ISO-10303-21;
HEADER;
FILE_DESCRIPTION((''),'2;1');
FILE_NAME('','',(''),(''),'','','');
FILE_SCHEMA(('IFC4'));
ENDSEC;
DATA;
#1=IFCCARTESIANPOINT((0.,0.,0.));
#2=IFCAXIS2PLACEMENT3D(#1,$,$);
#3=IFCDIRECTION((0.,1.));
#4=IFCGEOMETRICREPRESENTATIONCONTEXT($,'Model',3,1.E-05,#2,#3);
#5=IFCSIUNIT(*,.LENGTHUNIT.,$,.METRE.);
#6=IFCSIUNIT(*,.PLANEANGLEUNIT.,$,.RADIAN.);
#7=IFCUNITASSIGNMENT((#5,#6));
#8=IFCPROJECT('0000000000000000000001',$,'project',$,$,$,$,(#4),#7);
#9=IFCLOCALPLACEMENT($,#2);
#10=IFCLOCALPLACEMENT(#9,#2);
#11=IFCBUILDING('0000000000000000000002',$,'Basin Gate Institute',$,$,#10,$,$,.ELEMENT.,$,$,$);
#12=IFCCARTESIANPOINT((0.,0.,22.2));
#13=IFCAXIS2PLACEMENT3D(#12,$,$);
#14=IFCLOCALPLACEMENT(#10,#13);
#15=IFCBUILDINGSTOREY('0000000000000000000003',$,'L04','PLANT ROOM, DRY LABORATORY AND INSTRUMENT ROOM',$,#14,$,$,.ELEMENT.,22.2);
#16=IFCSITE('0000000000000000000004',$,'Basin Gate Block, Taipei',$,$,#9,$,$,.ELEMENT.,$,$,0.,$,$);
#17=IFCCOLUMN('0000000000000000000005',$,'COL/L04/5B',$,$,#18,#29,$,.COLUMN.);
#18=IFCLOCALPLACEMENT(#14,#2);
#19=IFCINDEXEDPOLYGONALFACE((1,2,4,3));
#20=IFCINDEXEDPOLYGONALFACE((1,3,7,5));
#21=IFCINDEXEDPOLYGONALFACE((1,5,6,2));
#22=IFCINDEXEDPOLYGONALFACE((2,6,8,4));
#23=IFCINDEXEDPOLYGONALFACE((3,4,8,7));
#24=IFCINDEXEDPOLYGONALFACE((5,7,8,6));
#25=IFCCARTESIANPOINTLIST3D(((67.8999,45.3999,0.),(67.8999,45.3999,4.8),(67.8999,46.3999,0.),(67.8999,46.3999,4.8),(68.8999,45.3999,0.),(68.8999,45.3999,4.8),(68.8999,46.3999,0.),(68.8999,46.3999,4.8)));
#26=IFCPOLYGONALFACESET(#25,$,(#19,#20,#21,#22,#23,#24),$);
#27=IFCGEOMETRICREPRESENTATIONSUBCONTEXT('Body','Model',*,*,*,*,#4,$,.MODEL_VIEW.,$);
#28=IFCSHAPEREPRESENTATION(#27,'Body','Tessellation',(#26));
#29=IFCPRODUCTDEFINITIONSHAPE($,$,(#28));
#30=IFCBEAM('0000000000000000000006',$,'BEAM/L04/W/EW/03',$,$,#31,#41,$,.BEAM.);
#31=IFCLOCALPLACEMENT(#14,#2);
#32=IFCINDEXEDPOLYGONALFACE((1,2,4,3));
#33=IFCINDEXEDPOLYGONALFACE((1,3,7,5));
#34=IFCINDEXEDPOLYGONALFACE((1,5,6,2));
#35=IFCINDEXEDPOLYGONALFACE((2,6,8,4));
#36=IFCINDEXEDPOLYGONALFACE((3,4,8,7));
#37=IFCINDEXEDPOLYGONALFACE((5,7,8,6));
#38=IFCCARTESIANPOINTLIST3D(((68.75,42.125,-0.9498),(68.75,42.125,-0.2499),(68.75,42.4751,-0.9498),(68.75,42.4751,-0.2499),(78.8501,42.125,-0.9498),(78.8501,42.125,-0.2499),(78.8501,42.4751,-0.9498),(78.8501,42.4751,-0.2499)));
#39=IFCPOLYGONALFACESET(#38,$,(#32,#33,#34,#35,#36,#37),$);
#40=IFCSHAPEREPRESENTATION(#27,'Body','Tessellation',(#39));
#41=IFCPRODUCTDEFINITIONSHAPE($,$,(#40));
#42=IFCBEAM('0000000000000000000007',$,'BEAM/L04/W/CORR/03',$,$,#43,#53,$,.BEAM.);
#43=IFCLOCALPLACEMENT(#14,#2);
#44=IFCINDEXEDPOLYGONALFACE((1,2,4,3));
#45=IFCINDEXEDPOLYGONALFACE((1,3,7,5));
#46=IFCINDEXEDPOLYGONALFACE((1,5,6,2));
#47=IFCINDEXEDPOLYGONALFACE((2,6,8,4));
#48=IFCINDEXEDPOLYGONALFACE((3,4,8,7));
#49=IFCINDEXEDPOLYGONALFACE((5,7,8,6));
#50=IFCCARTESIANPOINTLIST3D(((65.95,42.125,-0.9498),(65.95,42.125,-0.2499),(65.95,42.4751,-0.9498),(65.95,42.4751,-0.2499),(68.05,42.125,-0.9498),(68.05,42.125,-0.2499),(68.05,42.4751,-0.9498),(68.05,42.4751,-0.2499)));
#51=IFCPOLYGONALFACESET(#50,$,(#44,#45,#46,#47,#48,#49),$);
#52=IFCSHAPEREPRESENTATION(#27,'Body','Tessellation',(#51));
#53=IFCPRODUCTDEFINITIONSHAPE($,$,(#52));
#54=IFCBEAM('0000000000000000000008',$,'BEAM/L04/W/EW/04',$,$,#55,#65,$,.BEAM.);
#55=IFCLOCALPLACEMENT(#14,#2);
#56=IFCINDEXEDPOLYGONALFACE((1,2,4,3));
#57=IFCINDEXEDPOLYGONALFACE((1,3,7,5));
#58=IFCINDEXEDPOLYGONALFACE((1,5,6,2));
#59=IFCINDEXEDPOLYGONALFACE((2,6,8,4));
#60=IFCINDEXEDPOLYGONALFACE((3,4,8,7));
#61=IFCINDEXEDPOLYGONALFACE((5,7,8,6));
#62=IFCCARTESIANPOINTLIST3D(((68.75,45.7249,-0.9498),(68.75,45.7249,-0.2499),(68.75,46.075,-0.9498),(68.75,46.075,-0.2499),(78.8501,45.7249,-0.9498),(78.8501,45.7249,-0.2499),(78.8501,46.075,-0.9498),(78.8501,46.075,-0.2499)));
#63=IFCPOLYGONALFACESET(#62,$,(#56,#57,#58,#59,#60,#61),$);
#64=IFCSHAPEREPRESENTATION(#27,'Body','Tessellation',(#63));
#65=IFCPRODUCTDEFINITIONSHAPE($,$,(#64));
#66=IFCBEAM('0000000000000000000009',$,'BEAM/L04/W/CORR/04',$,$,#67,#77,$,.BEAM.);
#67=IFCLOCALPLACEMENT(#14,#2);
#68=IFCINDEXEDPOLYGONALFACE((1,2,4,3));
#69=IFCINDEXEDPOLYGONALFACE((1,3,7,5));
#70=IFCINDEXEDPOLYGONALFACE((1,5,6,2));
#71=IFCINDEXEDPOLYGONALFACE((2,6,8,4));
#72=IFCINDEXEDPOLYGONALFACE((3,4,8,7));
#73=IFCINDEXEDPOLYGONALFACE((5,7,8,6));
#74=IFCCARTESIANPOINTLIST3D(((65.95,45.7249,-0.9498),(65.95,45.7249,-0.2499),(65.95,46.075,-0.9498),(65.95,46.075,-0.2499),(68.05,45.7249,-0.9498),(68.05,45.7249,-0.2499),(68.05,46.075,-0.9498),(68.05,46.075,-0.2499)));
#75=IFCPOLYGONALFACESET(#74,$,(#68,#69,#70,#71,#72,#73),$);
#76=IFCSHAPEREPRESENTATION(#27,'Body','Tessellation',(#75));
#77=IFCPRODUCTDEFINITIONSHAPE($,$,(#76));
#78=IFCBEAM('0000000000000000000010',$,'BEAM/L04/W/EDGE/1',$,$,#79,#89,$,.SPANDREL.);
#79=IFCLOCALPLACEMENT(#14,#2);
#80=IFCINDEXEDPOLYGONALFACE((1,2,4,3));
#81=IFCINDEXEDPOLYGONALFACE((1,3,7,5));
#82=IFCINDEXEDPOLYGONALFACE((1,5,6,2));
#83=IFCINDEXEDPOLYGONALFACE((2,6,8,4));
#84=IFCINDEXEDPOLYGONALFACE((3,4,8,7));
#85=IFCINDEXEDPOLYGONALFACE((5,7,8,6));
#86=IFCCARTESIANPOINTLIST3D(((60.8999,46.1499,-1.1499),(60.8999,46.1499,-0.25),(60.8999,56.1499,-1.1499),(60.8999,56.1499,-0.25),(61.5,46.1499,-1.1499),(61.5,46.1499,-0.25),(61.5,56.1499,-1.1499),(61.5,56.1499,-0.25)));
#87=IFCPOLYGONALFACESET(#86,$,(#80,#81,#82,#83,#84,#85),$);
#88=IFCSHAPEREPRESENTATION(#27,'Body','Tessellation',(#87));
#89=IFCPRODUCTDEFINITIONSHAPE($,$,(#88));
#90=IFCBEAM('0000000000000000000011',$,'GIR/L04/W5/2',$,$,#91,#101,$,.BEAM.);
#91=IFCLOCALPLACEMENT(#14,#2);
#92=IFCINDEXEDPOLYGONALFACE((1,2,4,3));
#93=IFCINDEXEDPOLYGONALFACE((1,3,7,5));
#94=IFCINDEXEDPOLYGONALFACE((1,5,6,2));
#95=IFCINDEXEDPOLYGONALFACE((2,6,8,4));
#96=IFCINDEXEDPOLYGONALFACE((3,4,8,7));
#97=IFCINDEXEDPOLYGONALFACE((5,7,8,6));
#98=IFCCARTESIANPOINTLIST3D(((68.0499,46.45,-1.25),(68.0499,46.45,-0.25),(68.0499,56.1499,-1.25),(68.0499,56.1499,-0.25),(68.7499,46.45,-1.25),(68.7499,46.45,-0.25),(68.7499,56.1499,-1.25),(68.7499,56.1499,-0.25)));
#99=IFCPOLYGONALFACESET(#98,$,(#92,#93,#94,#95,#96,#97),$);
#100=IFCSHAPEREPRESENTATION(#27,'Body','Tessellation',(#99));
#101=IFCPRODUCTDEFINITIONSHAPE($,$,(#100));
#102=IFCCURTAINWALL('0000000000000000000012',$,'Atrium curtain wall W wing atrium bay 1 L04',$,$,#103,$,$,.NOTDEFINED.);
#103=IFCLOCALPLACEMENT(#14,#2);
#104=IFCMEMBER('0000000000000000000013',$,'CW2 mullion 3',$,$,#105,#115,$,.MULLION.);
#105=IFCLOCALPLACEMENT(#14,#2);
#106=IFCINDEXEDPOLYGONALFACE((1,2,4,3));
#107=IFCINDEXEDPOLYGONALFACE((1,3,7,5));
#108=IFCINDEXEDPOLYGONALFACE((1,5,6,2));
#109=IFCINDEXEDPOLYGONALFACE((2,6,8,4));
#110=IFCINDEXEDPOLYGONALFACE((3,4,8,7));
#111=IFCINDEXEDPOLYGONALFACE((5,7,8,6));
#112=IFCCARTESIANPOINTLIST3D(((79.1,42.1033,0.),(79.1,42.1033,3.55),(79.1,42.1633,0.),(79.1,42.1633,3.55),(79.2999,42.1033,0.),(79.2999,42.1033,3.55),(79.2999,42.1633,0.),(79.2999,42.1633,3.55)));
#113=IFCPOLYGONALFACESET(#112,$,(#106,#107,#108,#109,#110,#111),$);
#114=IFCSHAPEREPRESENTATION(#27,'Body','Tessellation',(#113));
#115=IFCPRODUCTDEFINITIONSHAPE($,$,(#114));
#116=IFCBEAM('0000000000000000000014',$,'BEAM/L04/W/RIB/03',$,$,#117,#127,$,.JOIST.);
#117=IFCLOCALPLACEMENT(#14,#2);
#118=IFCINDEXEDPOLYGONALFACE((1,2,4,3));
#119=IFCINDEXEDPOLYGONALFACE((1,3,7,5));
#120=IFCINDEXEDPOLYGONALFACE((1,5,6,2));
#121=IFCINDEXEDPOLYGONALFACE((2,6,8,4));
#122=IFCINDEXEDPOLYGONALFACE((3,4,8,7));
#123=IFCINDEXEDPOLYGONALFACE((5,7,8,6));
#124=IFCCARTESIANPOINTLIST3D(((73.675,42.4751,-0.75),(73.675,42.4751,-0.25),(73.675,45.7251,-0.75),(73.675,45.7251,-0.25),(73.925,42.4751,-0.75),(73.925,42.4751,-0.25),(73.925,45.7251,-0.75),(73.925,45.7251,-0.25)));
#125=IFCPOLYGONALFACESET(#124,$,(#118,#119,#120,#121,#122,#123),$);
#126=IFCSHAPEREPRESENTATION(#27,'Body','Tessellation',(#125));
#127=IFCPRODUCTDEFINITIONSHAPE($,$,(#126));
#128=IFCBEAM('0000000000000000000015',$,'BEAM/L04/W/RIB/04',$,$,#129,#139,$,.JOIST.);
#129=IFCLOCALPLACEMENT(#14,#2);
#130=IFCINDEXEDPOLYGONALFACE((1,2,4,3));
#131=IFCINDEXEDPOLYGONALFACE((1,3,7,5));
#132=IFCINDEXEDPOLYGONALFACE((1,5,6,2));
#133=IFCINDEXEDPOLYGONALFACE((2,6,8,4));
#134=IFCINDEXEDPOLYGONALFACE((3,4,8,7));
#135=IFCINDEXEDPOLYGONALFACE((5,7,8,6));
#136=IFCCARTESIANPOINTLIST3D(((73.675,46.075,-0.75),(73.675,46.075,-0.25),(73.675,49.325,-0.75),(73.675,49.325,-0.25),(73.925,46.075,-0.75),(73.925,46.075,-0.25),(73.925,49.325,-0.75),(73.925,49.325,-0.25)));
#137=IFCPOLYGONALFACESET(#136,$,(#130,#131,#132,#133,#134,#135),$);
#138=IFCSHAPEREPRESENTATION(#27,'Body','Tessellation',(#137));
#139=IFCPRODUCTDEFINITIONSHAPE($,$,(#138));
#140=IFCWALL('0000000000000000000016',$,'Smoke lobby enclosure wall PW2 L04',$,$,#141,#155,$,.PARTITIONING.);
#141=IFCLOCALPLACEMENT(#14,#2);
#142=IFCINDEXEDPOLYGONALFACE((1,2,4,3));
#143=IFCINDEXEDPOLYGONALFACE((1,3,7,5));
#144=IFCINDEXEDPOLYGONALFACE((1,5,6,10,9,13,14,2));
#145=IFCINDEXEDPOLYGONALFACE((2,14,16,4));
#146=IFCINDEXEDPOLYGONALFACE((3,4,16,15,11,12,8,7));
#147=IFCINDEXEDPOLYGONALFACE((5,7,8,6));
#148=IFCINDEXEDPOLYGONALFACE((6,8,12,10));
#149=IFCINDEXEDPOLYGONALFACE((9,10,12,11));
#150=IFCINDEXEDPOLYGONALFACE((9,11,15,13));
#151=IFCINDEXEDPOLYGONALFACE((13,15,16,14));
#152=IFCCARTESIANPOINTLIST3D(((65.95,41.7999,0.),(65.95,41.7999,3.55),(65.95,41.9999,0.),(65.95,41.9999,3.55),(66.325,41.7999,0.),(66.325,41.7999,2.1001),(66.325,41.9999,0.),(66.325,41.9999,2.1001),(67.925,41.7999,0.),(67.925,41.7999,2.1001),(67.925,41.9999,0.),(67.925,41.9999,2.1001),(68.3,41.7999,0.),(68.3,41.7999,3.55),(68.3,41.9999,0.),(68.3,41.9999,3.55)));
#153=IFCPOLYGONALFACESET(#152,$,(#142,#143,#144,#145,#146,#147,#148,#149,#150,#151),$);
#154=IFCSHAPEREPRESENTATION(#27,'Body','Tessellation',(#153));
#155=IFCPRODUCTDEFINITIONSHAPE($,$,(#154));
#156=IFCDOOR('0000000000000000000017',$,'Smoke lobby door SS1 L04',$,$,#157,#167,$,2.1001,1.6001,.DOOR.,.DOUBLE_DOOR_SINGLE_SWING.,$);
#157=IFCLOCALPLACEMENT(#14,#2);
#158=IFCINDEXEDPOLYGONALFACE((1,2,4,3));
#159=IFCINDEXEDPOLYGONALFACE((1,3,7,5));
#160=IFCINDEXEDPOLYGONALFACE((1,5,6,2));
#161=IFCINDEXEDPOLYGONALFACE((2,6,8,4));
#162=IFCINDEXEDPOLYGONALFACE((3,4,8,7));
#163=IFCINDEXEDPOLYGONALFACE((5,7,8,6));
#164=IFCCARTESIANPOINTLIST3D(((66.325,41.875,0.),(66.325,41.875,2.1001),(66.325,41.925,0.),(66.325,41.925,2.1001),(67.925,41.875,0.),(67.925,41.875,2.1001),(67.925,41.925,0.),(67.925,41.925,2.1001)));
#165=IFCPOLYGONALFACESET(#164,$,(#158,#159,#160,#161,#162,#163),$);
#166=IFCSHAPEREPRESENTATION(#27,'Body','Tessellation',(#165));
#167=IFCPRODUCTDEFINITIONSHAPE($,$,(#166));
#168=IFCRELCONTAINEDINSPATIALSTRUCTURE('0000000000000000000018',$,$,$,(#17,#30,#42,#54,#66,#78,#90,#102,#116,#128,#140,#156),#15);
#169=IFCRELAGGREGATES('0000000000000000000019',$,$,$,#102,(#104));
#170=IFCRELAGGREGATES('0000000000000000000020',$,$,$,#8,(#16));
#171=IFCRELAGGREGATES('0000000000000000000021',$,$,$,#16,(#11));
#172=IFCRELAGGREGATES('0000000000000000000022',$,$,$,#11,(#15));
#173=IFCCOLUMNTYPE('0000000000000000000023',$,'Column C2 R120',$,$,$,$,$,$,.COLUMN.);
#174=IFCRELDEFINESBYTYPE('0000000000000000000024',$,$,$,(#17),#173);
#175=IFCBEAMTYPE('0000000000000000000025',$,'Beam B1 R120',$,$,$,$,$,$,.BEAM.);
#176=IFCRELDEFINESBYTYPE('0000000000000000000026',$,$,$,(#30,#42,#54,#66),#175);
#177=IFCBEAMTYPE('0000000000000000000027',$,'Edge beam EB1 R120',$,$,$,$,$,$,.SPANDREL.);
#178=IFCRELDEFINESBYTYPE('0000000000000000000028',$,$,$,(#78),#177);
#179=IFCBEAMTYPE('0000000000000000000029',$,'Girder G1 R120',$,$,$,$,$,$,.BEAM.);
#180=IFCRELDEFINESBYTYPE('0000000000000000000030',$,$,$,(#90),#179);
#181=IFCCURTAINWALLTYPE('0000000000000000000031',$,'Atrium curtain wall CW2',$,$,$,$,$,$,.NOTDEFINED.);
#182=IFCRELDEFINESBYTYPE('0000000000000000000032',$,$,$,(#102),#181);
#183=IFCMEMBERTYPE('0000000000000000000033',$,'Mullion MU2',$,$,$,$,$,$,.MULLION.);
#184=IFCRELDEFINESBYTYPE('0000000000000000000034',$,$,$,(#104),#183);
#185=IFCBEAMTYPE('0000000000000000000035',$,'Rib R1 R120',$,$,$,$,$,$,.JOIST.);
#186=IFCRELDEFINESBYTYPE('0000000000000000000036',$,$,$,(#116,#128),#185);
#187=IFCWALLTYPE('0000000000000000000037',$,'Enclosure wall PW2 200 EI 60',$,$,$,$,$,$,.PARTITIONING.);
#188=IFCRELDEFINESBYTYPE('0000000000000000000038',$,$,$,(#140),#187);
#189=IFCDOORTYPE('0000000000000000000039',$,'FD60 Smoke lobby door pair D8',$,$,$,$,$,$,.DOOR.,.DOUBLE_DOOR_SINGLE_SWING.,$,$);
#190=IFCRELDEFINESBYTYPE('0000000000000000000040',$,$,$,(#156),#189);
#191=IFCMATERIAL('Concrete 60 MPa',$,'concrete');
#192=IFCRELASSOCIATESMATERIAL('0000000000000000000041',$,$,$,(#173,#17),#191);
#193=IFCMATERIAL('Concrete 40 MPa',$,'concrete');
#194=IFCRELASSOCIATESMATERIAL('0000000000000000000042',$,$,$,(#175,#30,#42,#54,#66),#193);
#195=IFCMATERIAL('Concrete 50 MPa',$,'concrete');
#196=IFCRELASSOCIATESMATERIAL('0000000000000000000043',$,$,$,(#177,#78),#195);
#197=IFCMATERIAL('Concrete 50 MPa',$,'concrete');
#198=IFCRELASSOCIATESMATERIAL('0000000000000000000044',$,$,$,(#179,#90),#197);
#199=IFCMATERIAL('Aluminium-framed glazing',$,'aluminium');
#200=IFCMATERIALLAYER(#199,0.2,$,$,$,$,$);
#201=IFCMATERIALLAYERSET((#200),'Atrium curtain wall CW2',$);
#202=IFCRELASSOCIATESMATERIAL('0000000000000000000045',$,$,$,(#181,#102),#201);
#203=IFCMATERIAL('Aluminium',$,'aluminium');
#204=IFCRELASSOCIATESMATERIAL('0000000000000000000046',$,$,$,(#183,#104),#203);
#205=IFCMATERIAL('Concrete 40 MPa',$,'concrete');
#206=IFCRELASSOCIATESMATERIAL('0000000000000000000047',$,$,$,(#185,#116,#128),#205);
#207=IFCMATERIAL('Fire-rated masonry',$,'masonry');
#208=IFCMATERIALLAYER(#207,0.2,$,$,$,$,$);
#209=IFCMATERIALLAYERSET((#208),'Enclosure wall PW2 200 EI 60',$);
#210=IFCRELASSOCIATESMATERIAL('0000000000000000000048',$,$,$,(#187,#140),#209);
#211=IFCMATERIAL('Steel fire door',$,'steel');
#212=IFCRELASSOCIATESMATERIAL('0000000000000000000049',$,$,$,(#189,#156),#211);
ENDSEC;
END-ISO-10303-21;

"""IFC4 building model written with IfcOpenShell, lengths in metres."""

from ifc_helpers import new_model, si_unit, direction, frame, frame_2d, origin, origin_2d, place, context, subcontext, project, spatial, rectangle, extrude, material, layer, layer_set, material_profile, profile_set, type_object, element, fill, aggregate, save


model = new_model("IFC4")

# Units and contexts
model_context = context("Model", 3, precision=1e-05, world=origin(), true_north=direction((0.0, 1.0)))
body_context = subcontext(model_context, "Body", "Model", "MODEL_VIEW")
ifc_project = project(units=[si_unit("LENGTHUNIT", "METRE"), si_unit("PLANEANGLEUNIT", "RADIAN")], contexts=[model_context])

# Site, building, storey
site_placement = place(None, origin())
site = spatial("IfcSite", under=ifc_project, at=site_placement, Name="Basin Gate Block, Taipei", CompositionType="ELEMENT", RefElevation=0.0)
building_placement = place(site_placement, origin())
building = spatial("IfcBuilding", under=site, at=building_placement, Name="Basin Gate Institute", CompositionType="ELEMENT")
storey_placement = place(building_placement, frame((0.0, 0.0, 22.2)))
storey = spatial("IfcBuildingStorey", under=building, at=storey_placement, Name="L04", Description="PLANT ROOM, DRY LABORATORY AND INSTRUMENT ROOM", CompositionType="ELEMENT", Elevation=22.2)

# Column
ifc_material_1 = material(Name="Concrete 60 MPa", Category="concrete")
ifc_material_profile_1 = material_profile(ifc_material_1, rectangle(XDim=1.0, YDim=1.0, at=origin_2d()), Name="Column C2 1000 x 1000")
ifc_profile_set_1 = profile_set([ifc_material_profile_1], Name="Concrete 60 MPa")
column_type = type_object("IfcColumnType", Name="Column C2 R120", PredefinedType="COLUMN", material=ifc_profile_set_1)
column_placement = place(storey_placement, frame((68.3999, 45.8999, 0.0), z_axis=(0.0, 0.0, 1.0), x_axis=(1.0, 0.0, 0.0)))
element("IfcColumn", 1, at=column_placement, inside=storey, type_object=column_type, material=ifc_profile_set_1, Name="COL/L04/5B", PredefinedType="COLUMN", context=body_context, shape_type="SweptSolid", body=[
    extrude(rectangle(XDim=1.0, YDim=1.0, at=origin_2d()), origin(), (0.0, 0.0, 1.0), 4.8),
])

# Beams
ifc_material_2 = material(Name="Concrete 40 MPa", Category="concrete")
ifc_material_profile_2 = material_profile(ifc_material_2, rectangle(XDim=0.3501, YDim=0.7, at=origin_2d()), Name="Beam B1 350 x 700")
ifc_profile_set_2 = profile_set([ifc_material_profile_2], Name="Concrete 40 MPa")
beam_type_1 = type_object("IfcBeamType", Name="Beam B1 R120", PredefinedType="BEAM", material=ifc_profile_set_2)
beam_1_placement = place(storey_placement, frame((68.75, 42.3, -0.5999), z_axis=(1.0, 0.0, 0.0), x_axis=(0.0, 1.0, 0.0)))
element("IfcBeam", 2, at=beam_1_placement, inside=storey, type_object=beam_type_1, material=ifc_profile_set_2, Name="BEAM/L04/W/EW/03", PredefinedType="BEAM", context=body_context, shape_type="SweptSolid", body=[
    extrude(rectangle(XDim=0.3501, YDim=0.7, at=origin_2d()), origin(), (0.0, 0.0, 1.0), 10.1001),
])
beam_2_placement = place(storey_placement, frame((65.95, 42.3, -0.5999), z_axis=(1.0, 0.0, 0.0), x_axis=(0.0, 1.0, 0.0)))
element("IfcBeam", 3, at=beam_2_placement, inside=storey, type_object=beam_type_1, material=ifc_profile_set_2, Name="BEAM/L04/W/CORR/03", PredefinedType="BEAM", context=body_context, shape_type="SweptSolid", body=[
    extrude(rectangle(XDim=0.3501, YDim=0.7, at=origin_2d()), origin(), (0.0, 0.0, 1.0), 2.1001),
])
beam_3_placement = place(storey_placement, frame((68.75, 45.8999, -0.5999), z_axis=(1.0, 0.0, 0.0), x_axis=(0.0, 1.0, 0.0)))
element("IfcBeam", 4, at=beam_3_placement, inside=storey, type_object=beam_type_1, material=ifc_profile_set_2, Name="BEAM/L04/W/EW/04", PredefinedType="BEAM", context=body_context, shape_type="SweptSolid", body=[
    extrude(rectangle(XDim=0.3501, YDim=0.7, at=origin_2d()), origin(), (0.0, 0.0, 1.0), 10.1001),
])
beam_4_placement = place(storey_placement, frame((65.95, 45.8999, -0.5999), z_axis=(1.0, 0.0, 0.0), x_axis=(0.0, 1.0, 0.0)))
element("IfcBeam", 5, at=beam_4_placement, inside=storey, type_object=beam_type_1, material=ifc_profile_set_2, Name="BEAM/L04/W/CORR/04", PredefinedType="BEAM", context=body_context, shape_type="SweptSolid", body=[
    extrude(rectangle(XDim=0.3501, YDim=0.7, at=origin_2d()), origin(), (0.0, 0.0, 1.0), 2.1001),
])
ifc_material_3 = material(Name="Concrete 50 MPa", Category="concrete")
ifc_material_profile_3 = material_profile(ifc_material_3, rectangle(XDim=0.6001, YDim=0.8999, at=origin_2d()), Name="Edge beam EB1 600 x 900")
ifc_profile_set_3 = profile_set([ifc_material_profile_3], Name="Concrete 50 MPa")
beam_type_2 = type_object("IfcBeamType", Name="Edge beam EB1 R120", PredefinedType="SPANDREL", material=ifc_profile_set_3)
beam_5_placement = place(storey_placement, frame((61.2, 46.1499, -0.7), z_axis=(0.0, 1.0, 0.0), x_axis=(-1.0, 0.0, 0.0)))
element("IfcBeam", 6, at=beam_5_placement, inside=storey, type_object=beam_type_2, material=ifc_profile_set_3, Name="BEAM/L04/W/EDGE/1", PredefinedType="SPANDREL", context=body_context, shape_type="SweptSolid", body=[
    extrude(rectangle(XDim=0.6001, YDim=0.8999, at=origin_2d()), origin(), (0.0, 0.0, 1.0), 10.0),
])
ifc_material_4 = material(Name="Concrete 50 MPa", Category="concrete")
ifc_material_profile_4 = material_profile(ifc_material_4, rectangle(XDim=0.7, YDim=1.0, at=origin_2d()), Name="Girder G1 700 x 1000")
ifc_profile_set_4 = profile_set([ifc_material_profile_4], Name="Concrete 50 MPa")
beam_type_3 = type_object("IfcBeamType", Name="Girder G1 R120", PredefinedType="BEAM", material=ifc_profile_set_4)
beam_6_placement = place(storey_placement, frame((68.3999, 46.45, -0.75), z_axis=(0.0, 1.0, 0.0), x_axis=(-1.0, 0.0, 0.0)))
element("IfcBeam", 7, at=beam_6_placement, inside=storey, type_object=beam_type_3, material=ifc_profile_set_4, Name="GIR/L04/W5/2", PredefinedType="BEAM", context=body_context, shape_type="SweptSolid", body=[
    extrude(rectangle(XDim=0.7, YDim=1.0, at=origin_2d()), origin(), (0.0, 0.0, 1.0), 9.7),
])

# Curtain wall, member
ifc_material_5 = material(Name="Aluminium-framed glazing", Category="aluminium")
ifc_layer_1 = layer(ifc_material_5, 0.2)
ifc_layer_set_1 = layer_set([ifc_layer_1], Name="Atrium curtain wall CW2")
curtain_wall_type = type_object("IfcCurtainWallType", Name="Atrium curtain wall CW2", PredefinedType="NOTDEFINED", material=ifc_layer_set_1)
curtain_wall_placement = place(storey_placement, origin())
curtain_wall = element("IfcCurtainWall", 8, at=curtain_wall_placement, inside=storey, type_object=curtain_wall_type, material=ifc_layer_set_1, Name="Atrium curtain wall W wing atrium bay 1 L04", PredefinedType="NOTDEFINED")
ifc_material_6 = material(Name="Aluminium", Category="aluminium")
ifc_material_profile_5 = material_profile(ifc_material_6, rectangle(XDim=0.2, YDim=0.0601, at=origin_2d()), Name="Mullion MU2 200 x 60")
ifc_profile_set_5 = profile_set([ifc_material_profile_5], Name="Aluminium")
member_type = type_object("IfcMemberType", Name="Mullion MU2", PredefinedType="MULLION", material=ifc_profile_set_5)
member_placement = place(storey_placement, frame((79.2, 42.1333, 0.0), z_axis=(0.0, 0.0, 1.0), x_axis=(-1.0, 0.0, 0.0)))
member = element("IfcMember", 9, at=member_placement, type_object=member_type, material=ifc_profile_set_5, Name="CW2 mullion 3", PredefinedType="MULLION", context=body_context, shape_type="SweptSolid", body=[
    extrude(rectangle(XDim=0.2, YDim=0.0601, at=origin_2d()), origin(), (0.0, 0.0, 1.0), 3.55),
])
aggregate(curtain_wall, [member])

# Beams
ifc_material_7 = material(Name="Concrete 40 MPa", Category="concrete")
ifc_material_profile_6 = material_profile(ifc_material_7, rectangle(XDim=0.25, YDim=0.5, at=origin_2d()), Name="Rib R1 250 x 500")
ifc_profile_set_6 = profile_set([ifc_material_profile_6], Name="Concrete 40 MPa")
beam_type_4 = type_object("IfcBeamType", Name="Rib R1 R120", PredefinedType="JOIST", material=ifc_profile_set_6)
for number, where, z_axis, x_axis, name in (
    (10, (73.8, 42.4751, -0.5), (0.0, 1.0, 0.0), (-1.0, 0.0, 0.0), "BEAM/L04/W/RIB/03"),
    (11, (73.8, 46.075, -0.5), (0.0, 1.0, 0.0), (-1.0, 0.0, 0.0), "BEAM/L04/W/RIB/04"),
):
    element("IfcBeam", number, at=place(storey_placement, frame(where, z_axis=z_axis, x_axis=x_axis)), inside=storey, type_object=beam_type_4, material=ifc_profile_set_6, Name=name, PredefinedType="JOIST", context=body_context, shape_type="SweptSolid", body=[
        extrude(rectangle(XDim=0.25, YDim=0.5, at=origin_2d()), origin(), (0.0, 0.0, 1.0), 3.25),
    ])

# Wall, opening, door
ifc_material_8 = material(Name="Fire-rated masonry", Category="masonry")
ifc_layer_2 = layer(ifc_material_8, 0.2)
ifc_layer_set_2 = layer_set([ifc_layer_2], Name="Enclosure wall PW2 200 EI 60")
wall_type_1 = type_object("IfcWallType", Name="Enclosure wall PW2 200 EI 60", PredefinedType="PARTITIONING", material=ifc_layer_set_2)
wall_1_placement = place(storey_placement, frame((65.95, 41.8999, 0.0), z_axis=(0.0, 0.0, 1.0), x_axis=(1.0, 0.0, 0.0)))
wall_1 = element("IfcWall", 12, at=wall_1_placement, inside=storey, type_object=wall_type_1, material=ifc_layer_set_2, Name="Smoke lobby enclosure wall PW2 L04", PredefinedType="PARTITIONING", context=body_context, shape_type="SweptSolid", body=[
    extrude(rectangle(XDim=2.3501, YDim=0.2, at=frame_2d((1.175, 0.0))), origin(), (0.0, 0.0, 1.0), 3.55),
])
opening_1_placement = place(wall_1_placement, frame((0.375, 0.0, 0.0)))
opening_1 = element("IfcOpeningElement", 13, at=opening_1_placement, cuts=wall_1, PredefinedType="OPENING", context=body_context, shape_type="SweptSolid", body=[
    extrude(rectangle(XDim=1.6001, YDim=2.1001, at=frame_2d((0.8, 1.05))), frame((0.0, 0.1099, 0.0), z_axis=(0.0, -1.0, 0.0), x_axis=(1.0, 0.0, 0.0)), (0.0, 0.0, 1.0), 0.22),
])
ifc_material_9 = material(Name="Steel fire door", Category="steel")
door_type_1 = type_object("IfcDoorType", Name="FD60 Smoke lobby door pair D8", OperationType="DOUBLE_DOOR_SINGLE_SWING", PredefinedType="DOOR", material=ifc_material_9)
door_1_placement = place(opening_1_placement, frame((1.6001, 0.0, 0.0), z_axis=(0.0, 0.0, 1.0), x_axis=(-1.0, 0.0, 0.0)))
door_1 = element("IfcDoor", 14, at=door_1_placement, inside=storey, type_object=door_type_1, material=ifc_material_9, Name="Smoke lobby door SS1 L04", OperationType="DOUBLE_DOOR_SINGLE_SWING", OverallHeight=2.1001, OverallWidth=1.6001, PredefinedType="DOOR", context=body_context, shape_type="SweptSolid", body=[
    extrude(rectangle(XDim=1.6001, YDim=2.1001, at=frame_2d((0.8, 1.05))), frame((0.0, 0.0249, 0.0), z_axis=(0.0, -1.0, 0.0), x_axis=(1.0, 0.0, 0.0)), (0.0, 0.0, 1.0), 0.05),
])
fill(opening_1, door_1)

save(model, "model.ifc")
